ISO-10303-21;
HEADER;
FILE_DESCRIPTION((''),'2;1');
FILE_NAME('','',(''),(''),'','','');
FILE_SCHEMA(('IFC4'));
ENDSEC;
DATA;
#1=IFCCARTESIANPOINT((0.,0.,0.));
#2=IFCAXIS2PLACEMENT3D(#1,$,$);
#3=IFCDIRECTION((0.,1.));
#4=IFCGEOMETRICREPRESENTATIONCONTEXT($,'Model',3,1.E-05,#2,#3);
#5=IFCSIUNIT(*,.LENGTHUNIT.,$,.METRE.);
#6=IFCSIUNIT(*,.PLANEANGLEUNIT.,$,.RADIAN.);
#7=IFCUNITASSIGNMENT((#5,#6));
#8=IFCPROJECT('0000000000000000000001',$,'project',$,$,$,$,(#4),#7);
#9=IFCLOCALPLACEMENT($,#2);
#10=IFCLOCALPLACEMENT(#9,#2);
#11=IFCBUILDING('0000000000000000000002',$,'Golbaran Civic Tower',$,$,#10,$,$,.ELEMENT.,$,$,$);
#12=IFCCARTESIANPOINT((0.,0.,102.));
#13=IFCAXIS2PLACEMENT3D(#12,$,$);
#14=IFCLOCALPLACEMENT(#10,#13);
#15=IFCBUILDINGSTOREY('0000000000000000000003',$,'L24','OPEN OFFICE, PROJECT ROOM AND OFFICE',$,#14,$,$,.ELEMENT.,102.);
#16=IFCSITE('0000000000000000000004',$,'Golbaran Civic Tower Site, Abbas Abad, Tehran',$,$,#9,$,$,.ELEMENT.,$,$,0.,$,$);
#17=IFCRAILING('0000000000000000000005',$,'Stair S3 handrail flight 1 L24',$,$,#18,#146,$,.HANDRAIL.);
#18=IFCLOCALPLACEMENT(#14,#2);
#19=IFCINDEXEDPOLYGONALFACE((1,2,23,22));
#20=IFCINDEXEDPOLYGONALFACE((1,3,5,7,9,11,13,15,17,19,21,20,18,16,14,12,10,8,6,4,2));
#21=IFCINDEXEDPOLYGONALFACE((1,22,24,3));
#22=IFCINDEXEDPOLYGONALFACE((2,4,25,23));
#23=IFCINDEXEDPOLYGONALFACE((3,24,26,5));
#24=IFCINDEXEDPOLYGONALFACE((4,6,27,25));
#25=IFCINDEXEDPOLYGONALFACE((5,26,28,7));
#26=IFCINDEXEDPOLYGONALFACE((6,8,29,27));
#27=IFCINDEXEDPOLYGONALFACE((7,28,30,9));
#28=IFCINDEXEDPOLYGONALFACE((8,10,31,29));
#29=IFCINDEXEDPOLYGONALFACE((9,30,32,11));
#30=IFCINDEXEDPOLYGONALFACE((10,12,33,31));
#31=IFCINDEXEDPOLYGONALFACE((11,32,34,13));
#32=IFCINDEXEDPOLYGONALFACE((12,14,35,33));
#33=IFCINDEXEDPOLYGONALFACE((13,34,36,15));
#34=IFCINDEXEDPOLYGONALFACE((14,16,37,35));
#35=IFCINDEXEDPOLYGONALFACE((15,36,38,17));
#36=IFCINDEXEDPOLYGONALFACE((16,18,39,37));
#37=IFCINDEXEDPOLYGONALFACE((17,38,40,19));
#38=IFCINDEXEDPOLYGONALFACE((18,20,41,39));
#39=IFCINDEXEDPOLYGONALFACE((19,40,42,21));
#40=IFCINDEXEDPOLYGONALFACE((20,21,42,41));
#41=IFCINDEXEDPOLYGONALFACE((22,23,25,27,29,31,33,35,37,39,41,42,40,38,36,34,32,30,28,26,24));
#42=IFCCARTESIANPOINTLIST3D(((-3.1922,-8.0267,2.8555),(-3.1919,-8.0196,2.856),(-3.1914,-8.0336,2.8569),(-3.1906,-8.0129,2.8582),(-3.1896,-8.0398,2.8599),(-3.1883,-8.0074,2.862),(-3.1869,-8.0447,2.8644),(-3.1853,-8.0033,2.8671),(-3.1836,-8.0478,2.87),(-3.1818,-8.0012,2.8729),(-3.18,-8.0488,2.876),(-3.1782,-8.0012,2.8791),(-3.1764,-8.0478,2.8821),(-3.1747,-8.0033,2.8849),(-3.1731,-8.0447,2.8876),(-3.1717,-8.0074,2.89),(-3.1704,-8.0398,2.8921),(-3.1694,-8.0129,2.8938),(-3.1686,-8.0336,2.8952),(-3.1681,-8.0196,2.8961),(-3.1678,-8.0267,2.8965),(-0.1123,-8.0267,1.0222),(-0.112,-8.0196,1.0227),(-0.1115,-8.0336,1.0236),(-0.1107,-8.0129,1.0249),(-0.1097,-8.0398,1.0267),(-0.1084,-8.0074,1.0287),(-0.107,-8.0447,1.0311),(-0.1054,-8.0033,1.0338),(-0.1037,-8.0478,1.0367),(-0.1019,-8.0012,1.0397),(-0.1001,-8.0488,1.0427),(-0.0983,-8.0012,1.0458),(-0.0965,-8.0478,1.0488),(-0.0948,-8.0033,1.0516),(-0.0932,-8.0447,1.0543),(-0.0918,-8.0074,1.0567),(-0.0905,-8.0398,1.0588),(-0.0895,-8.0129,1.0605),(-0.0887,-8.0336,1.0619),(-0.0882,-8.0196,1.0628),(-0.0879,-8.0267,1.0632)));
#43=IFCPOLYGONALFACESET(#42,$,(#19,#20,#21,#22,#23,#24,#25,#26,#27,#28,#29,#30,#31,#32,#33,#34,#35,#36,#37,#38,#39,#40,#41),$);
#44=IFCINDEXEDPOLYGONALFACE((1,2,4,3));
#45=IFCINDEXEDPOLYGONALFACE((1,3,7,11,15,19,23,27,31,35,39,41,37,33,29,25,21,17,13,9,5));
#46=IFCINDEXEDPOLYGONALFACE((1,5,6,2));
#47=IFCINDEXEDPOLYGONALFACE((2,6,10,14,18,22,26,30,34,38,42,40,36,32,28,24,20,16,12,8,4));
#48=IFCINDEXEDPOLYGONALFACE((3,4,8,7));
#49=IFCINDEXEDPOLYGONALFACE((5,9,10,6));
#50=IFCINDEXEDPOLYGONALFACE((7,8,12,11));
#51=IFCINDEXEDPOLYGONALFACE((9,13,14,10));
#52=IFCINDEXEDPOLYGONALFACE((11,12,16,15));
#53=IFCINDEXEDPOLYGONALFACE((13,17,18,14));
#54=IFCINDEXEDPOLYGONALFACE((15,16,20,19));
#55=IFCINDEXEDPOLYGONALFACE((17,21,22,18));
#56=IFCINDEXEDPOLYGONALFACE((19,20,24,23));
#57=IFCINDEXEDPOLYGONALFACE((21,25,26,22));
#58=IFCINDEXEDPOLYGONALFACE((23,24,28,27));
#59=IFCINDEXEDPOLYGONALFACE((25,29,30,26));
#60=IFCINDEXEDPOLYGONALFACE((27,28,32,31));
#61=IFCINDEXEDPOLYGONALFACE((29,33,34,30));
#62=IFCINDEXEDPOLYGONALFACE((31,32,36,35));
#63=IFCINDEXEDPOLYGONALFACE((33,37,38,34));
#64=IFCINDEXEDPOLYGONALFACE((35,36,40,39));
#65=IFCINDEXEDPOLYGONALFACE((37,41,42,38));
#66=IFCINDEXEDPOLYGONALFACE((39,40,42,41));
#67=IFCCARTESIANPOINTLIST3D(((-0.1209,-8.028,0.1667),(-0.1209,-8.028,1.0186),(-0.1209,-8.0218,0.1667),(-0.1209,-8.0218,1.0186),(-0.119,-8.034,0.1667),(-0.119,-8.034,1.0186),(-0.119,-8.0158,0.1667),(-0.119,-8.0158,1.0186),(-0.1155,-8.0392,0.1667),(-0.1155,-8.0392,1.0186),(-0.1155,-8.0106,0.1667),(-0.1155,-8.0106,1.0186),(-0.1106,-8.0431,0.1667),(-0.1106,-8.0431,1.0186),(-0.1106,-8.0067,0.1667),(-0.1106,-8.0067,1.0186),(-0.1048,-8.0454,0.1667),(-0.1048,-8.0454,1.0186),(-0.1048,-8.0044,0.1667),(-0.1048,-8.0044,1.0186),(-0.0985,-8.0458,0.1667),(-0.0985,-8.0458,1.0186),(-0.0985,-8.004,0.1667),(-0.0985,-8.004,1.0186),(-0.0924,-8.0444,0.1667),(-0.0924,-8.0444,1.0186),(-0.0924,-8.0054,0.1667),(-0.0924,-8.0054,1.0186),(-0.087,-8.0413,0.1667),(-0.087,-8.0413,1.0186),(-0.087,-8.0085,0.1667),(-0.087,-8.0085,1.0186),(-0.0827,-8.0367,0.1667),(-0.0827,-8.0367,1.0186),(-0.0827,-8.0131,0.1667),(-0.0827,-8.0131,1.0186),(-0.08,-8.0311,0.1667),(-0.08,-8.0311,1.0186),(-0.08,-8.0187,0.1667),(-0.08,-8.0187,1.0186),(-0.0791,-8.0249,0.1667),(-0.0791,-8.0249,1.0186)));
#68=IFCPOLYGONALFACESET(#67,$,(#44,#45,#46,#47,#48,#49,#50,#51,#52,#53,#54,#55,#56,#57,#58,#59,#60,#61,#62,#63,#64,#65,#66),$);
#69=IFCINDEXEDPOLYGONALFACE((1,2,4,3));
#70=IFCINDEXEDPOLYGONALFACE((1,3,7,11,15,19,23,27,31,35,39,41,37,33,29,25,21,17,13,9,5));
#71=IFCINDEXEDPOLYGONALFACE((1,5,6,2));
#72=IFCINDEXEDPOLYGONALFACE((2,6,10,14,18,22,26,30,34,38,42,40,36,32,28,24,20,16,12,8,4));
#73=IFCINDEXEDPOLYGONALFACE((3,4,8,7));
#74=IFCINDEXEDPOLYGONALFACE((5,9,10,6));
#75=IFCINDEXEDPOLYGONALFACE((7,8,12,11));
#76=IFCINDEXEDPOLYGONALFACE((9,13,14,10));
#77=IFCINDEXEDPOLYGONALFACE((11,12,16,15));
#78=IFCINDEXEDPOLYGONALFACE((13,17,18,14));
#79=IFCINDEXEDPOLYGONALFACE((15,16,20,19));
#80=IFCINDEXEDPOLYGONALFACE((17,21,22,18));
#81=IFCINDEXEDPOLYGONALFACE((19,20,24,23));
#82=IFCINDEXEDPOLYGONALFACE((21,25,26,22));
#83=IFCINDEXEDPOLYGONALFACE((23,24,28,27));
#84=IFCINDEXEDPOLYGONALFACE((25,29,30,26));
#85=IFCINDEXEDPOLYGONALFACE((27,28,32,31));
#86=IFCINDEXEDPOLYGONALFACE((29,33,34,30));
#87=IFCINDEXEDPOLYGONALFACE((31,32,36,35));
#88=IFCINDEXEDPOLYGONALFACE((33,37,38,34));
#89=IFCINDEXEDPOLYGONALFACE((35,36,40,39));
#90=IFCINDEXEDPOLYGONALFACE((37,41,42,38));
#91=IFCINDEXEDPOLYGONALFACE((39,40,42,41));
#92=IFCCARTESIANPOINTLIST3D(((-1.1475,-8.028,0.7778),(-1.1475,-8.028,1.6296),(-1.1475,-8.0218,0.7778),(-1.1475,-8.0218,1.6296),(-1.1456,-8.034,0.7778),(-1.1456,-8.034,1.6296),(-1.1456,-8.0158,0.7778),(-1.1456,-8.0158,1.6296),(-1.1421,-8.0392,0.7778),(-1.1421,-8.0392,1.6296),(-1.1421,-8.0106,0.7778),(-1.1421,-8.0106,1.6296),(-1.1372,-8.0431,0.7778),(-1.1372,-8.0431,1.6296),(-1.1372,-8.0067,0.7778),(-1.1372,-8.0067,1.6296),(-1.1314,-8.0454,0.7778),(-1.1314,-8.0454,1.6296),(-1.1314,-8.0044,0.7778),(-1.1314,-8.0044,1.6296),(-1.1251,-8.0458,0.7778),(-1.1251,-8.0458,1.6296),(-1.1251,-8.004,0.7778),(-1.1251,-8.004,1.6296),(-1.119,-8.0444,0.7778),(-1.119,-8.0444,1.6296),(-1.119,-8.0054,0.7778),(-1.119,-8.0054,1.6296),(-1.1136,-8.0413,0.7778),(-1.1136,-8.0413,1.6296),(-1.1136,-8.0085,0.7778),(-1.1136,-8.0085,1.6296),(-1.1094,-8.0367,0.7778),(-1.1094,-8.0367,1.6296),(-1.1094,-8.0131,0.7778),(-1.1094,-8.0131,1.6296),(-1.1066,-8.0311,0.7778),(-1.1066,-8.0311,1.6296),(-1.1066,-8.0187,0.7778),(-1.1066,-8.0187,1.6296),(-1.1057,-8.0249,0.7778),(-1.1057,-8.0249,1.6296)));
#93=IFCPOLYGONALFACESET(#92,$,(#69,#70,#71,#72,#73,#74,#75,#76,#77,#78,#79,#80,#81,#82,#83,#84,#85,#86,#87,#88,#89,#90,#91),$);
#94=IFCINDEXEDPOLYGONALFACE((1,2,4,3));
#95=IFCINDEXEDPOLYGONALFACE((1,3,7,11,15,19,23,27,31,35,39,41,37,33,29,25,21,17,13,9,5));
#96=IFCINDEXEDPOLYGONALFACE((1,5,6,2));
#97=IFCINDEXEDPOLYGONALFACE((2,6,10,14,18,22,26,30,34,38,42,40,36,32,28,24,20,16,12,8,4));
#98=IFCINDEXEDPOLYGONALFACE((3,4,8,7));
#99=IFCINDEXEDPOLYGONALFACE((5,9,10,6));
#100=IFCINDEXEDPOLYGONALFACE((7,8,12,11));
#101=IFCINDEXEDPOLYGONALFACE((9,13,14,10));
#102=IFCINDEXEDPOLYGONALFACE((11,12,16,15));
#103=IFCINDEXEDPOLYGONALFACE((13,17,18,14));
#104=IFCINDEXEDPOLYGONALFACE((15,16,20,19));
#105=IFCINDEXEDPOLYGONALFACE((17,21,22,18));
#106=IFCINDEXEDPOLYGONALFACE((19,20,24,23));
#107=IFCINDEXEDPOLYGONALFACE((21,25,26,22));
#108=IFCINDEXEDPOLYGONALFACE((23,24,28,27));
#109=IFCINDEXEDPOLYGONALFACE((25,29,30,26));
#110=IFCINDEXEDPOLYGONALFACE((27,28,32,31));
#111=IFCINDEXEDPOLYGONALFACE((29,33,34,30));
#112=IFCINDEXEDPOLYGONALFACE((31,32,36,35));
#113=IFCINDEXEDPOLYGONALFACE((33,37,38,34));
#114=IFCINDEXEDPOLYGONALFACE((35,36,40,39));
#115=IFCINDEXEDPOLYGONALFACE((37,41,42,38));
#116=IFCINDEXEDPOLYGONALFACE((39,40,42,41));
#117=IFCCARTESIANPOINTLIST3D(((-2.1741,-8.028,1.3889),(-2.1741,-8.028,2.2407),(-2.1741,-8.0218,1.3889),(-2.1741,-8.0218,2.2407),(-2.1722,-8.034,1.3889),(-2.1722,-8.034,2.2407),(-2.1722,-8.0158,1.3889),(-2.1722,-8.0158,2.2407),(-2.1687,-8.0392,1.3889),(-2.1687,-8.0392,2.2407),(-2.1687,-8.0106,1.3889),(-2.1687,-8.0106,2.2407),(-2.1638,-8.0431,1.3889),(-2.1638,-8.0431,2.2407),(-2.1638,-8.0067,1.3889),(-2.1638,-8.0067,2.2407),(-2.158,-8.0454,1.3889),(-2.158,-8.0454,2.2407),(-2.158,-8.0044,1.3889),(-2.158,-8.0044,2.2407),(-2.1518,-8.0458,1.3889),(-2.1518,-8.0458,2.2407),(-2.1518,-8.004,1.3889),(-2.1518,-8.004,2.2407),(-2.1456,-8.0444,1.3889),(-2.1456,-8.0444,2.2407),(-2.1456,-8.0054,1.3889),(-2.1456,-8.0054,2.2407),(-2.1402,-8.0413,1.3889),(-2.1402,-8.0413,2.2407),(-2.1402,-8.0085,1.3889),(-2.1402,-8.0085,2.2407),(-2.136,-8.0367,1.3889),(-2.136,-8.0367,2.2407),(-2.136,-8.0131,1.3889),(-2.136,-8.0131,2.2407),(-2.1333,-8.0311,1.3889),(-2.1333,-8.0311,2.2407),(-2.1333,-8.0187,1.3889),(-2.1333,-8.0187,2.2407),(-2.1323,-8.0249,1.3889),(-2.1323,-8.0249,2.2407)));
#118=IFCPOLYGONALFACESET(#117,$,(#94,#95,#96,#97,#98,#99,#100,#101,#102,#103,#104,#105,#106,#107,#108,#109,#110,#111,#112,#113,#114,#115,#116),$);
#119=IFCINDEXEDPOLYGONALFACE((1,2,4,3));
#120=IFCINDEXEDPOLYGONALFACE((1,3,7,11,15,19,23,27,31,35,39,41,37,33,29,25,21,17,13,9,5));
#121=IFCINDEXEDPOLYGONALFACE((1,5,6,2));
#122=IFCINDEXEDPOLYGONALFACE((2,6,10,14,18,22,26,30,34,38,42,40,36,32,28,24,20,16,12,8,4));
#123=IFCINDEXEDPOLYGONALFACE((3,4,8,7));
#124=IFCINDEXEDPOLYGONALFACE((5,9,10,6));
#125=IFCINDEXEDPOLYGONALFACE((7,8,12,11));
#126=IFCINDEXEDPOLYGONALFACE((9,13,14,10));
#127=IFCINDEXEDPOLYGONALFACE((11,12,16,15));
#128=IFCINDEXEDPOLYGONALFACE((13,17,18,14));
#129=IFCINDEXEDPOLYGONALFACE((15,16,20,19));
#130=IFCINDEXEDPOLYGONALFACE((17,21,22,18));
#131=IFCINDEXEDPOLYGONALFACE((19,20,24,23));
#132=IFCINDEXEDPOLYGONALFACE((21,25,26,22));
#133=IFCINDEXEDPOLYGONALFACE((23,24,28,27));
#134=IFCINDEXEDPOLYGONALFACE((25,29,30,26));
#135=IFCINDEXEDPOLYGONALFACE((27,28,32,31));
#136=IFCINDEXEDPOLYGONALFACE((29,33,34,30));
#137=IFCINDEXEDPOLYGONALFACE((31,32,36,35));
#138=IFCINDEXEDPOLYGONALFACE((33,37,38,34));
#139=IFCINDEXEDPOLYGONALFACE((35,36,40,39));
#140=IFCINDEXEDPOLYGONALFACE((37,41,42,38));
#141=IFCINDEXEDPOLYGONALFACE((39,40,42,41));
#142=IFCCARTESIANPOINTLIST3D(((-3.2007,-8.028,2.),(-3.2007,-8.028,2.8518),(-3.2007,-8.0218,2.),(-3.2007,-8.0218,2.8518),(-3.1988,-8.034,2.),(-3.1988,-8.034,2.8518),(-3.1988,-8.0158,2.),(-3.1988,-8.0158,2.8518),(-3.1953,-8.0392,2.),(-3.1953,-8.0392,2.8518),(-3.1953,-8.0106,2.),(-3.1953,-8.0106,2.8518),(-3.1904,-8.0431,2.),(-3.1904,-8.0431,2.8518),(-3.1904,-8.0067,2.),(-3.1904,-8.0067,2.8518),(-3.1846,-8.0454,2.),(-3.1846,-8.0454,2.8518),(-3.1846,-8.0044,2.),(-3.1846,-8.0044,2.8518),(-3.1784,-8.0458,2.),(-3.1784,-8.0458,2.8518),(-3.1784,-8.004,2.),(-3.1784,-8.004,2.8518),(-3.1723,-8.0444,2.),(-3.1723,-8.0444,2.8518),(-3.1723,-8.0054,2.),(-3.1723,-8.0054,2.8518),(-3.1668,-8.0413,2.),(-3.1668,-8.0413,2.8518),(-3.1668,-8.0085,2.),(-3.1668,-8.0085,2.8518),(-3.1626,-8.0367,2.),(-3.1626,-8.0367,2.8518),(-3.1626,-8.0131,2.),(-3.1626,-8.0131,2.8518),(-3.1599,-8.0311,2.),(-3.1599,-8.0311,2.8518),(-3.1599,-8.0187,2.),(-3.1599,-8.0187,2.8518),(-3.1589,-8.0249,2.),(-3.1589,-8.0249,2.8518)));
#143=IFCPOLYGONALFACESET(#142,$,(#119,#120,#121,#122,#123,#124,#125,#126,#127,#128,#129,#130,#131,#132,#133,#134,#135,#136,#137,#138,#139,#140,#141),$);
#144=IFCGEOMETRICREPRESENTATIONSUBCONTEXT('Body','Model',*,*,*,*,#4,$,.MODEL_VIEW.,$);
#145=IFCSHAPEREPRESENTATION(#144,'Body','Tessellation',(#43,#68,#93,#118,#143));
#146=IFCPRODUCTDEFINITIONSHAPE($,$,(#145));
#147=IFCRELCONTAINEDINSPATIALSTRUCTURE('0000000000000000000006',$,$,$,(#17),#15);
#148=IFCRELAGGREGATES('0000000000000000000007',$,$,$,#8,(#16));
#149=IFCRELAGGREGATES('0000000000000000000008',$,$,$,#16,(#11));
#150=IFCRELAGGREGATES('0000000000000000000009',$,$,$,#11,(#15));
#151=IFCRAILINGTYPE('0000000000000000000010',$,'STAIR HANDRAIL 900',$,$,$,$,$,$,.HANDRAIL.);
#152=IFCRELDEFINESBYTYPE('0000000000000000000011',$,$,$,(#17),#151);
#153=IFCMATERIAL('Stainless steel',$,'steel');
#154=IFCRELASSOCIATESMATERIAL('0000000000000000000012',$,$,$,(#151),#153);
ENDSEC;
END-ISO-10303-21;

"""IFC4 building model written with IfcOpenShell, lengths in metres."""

from ifc_helpers import new_model, si_unit, direction, frame, origin, origin_2d, place, context, subcontext, project, spatial, circle, extrude, material, type_object, element, save


model = new_model("IFC4")

# Units and contexts
model_context = context("Model", 3, precision=1e-05, world=origin(), true_north=direction((0.0, 1.0)))
body_context = subcontext(model_context, "Body", "Model", "MODEL_VIEW")
ifc_project = project(units=[si_unit("LENGTHUNIT", "METRE"), si_unit("PLANEANGLEUNIT", "RADIAN")], contexts=[model_context])

# Site, building, storey
site_placement = place(None, origin())
site = spatial("IfcSite", under=ifc_project, at=site_placement, Name="Golbaran Civic Tower Site, Abbas Abad, Tehran", CompositionType="ELEMENT", RefElevation=0.0)
building_placement = place(site_placement, origin())
building = spatial("IfcBuilding", under=site, at=building_placement, Name="Golbaran Civic Tower", CompositionType="ELEMENT")
storey_placement = place(building_placement, frame((0.0, 0.0, 102.0)))
storey = spatial("IfcBuildingStorey", under=building, at=storey_placement, Name="L24", Description="OPEN OFFICE, PROJECT ROOM AND OFFICE", CompositionType="ELEMENT", Elevation=102.0)

# Shared definitions
ifc_material_1 = material(Name="Stainless steel", Category="steel")

# Railing
railing_type = type_object("IfcRailingType", Name="STAIR HANDRAIL 900", PredefinedType="HANDRAIL", material=ifc_material_1)
railing_1_placement = place(storey_placement, frame((-0.1001, -8.0249, 0.1667)))
element("IfcRailing", 1, at=railing_1_placement, inside=storey, type_object=railing_type, Name="Stair S3 handrail flight 1 L24", PredefinedType="HANDRAIL", context=body_context, shape_type="SweptSolid", body=[
    extrude(circle(Radius=0.0239, at=origin_2d()), frame((0.0, 0.0, 0.876), z_axis=(-0.859291, 0.0, 0.511487), x_axis=(0.0, -1.0, 0.0)), (0.0, 0.0, 1.0), 3.5842),
    extrude(circle(Radius=0.021, at=origin_2d()), origin(), (0.0, 0.0, 1.0), 0.8518),
    extrude(circle(Radius=0.021, at=origin_2d()), frame((-1.0266, 0.0, 0.6111)), (0.0, 0.0, 1.0), 0.8518),
    extrude(circle(Radius=0.021, at=origin_2d()), frame((-2.0532, 0.0, 1.2222)), (0.0, 0.0, 1.0), 0.8518),
    extrude(circle(Radius=0.021, at=origin_2d()), frame((-3.0798, 0.0, 1.8333)), (0.0, 0.0, 1.0), 0.8518),
])

save(model, "model.ifc")
